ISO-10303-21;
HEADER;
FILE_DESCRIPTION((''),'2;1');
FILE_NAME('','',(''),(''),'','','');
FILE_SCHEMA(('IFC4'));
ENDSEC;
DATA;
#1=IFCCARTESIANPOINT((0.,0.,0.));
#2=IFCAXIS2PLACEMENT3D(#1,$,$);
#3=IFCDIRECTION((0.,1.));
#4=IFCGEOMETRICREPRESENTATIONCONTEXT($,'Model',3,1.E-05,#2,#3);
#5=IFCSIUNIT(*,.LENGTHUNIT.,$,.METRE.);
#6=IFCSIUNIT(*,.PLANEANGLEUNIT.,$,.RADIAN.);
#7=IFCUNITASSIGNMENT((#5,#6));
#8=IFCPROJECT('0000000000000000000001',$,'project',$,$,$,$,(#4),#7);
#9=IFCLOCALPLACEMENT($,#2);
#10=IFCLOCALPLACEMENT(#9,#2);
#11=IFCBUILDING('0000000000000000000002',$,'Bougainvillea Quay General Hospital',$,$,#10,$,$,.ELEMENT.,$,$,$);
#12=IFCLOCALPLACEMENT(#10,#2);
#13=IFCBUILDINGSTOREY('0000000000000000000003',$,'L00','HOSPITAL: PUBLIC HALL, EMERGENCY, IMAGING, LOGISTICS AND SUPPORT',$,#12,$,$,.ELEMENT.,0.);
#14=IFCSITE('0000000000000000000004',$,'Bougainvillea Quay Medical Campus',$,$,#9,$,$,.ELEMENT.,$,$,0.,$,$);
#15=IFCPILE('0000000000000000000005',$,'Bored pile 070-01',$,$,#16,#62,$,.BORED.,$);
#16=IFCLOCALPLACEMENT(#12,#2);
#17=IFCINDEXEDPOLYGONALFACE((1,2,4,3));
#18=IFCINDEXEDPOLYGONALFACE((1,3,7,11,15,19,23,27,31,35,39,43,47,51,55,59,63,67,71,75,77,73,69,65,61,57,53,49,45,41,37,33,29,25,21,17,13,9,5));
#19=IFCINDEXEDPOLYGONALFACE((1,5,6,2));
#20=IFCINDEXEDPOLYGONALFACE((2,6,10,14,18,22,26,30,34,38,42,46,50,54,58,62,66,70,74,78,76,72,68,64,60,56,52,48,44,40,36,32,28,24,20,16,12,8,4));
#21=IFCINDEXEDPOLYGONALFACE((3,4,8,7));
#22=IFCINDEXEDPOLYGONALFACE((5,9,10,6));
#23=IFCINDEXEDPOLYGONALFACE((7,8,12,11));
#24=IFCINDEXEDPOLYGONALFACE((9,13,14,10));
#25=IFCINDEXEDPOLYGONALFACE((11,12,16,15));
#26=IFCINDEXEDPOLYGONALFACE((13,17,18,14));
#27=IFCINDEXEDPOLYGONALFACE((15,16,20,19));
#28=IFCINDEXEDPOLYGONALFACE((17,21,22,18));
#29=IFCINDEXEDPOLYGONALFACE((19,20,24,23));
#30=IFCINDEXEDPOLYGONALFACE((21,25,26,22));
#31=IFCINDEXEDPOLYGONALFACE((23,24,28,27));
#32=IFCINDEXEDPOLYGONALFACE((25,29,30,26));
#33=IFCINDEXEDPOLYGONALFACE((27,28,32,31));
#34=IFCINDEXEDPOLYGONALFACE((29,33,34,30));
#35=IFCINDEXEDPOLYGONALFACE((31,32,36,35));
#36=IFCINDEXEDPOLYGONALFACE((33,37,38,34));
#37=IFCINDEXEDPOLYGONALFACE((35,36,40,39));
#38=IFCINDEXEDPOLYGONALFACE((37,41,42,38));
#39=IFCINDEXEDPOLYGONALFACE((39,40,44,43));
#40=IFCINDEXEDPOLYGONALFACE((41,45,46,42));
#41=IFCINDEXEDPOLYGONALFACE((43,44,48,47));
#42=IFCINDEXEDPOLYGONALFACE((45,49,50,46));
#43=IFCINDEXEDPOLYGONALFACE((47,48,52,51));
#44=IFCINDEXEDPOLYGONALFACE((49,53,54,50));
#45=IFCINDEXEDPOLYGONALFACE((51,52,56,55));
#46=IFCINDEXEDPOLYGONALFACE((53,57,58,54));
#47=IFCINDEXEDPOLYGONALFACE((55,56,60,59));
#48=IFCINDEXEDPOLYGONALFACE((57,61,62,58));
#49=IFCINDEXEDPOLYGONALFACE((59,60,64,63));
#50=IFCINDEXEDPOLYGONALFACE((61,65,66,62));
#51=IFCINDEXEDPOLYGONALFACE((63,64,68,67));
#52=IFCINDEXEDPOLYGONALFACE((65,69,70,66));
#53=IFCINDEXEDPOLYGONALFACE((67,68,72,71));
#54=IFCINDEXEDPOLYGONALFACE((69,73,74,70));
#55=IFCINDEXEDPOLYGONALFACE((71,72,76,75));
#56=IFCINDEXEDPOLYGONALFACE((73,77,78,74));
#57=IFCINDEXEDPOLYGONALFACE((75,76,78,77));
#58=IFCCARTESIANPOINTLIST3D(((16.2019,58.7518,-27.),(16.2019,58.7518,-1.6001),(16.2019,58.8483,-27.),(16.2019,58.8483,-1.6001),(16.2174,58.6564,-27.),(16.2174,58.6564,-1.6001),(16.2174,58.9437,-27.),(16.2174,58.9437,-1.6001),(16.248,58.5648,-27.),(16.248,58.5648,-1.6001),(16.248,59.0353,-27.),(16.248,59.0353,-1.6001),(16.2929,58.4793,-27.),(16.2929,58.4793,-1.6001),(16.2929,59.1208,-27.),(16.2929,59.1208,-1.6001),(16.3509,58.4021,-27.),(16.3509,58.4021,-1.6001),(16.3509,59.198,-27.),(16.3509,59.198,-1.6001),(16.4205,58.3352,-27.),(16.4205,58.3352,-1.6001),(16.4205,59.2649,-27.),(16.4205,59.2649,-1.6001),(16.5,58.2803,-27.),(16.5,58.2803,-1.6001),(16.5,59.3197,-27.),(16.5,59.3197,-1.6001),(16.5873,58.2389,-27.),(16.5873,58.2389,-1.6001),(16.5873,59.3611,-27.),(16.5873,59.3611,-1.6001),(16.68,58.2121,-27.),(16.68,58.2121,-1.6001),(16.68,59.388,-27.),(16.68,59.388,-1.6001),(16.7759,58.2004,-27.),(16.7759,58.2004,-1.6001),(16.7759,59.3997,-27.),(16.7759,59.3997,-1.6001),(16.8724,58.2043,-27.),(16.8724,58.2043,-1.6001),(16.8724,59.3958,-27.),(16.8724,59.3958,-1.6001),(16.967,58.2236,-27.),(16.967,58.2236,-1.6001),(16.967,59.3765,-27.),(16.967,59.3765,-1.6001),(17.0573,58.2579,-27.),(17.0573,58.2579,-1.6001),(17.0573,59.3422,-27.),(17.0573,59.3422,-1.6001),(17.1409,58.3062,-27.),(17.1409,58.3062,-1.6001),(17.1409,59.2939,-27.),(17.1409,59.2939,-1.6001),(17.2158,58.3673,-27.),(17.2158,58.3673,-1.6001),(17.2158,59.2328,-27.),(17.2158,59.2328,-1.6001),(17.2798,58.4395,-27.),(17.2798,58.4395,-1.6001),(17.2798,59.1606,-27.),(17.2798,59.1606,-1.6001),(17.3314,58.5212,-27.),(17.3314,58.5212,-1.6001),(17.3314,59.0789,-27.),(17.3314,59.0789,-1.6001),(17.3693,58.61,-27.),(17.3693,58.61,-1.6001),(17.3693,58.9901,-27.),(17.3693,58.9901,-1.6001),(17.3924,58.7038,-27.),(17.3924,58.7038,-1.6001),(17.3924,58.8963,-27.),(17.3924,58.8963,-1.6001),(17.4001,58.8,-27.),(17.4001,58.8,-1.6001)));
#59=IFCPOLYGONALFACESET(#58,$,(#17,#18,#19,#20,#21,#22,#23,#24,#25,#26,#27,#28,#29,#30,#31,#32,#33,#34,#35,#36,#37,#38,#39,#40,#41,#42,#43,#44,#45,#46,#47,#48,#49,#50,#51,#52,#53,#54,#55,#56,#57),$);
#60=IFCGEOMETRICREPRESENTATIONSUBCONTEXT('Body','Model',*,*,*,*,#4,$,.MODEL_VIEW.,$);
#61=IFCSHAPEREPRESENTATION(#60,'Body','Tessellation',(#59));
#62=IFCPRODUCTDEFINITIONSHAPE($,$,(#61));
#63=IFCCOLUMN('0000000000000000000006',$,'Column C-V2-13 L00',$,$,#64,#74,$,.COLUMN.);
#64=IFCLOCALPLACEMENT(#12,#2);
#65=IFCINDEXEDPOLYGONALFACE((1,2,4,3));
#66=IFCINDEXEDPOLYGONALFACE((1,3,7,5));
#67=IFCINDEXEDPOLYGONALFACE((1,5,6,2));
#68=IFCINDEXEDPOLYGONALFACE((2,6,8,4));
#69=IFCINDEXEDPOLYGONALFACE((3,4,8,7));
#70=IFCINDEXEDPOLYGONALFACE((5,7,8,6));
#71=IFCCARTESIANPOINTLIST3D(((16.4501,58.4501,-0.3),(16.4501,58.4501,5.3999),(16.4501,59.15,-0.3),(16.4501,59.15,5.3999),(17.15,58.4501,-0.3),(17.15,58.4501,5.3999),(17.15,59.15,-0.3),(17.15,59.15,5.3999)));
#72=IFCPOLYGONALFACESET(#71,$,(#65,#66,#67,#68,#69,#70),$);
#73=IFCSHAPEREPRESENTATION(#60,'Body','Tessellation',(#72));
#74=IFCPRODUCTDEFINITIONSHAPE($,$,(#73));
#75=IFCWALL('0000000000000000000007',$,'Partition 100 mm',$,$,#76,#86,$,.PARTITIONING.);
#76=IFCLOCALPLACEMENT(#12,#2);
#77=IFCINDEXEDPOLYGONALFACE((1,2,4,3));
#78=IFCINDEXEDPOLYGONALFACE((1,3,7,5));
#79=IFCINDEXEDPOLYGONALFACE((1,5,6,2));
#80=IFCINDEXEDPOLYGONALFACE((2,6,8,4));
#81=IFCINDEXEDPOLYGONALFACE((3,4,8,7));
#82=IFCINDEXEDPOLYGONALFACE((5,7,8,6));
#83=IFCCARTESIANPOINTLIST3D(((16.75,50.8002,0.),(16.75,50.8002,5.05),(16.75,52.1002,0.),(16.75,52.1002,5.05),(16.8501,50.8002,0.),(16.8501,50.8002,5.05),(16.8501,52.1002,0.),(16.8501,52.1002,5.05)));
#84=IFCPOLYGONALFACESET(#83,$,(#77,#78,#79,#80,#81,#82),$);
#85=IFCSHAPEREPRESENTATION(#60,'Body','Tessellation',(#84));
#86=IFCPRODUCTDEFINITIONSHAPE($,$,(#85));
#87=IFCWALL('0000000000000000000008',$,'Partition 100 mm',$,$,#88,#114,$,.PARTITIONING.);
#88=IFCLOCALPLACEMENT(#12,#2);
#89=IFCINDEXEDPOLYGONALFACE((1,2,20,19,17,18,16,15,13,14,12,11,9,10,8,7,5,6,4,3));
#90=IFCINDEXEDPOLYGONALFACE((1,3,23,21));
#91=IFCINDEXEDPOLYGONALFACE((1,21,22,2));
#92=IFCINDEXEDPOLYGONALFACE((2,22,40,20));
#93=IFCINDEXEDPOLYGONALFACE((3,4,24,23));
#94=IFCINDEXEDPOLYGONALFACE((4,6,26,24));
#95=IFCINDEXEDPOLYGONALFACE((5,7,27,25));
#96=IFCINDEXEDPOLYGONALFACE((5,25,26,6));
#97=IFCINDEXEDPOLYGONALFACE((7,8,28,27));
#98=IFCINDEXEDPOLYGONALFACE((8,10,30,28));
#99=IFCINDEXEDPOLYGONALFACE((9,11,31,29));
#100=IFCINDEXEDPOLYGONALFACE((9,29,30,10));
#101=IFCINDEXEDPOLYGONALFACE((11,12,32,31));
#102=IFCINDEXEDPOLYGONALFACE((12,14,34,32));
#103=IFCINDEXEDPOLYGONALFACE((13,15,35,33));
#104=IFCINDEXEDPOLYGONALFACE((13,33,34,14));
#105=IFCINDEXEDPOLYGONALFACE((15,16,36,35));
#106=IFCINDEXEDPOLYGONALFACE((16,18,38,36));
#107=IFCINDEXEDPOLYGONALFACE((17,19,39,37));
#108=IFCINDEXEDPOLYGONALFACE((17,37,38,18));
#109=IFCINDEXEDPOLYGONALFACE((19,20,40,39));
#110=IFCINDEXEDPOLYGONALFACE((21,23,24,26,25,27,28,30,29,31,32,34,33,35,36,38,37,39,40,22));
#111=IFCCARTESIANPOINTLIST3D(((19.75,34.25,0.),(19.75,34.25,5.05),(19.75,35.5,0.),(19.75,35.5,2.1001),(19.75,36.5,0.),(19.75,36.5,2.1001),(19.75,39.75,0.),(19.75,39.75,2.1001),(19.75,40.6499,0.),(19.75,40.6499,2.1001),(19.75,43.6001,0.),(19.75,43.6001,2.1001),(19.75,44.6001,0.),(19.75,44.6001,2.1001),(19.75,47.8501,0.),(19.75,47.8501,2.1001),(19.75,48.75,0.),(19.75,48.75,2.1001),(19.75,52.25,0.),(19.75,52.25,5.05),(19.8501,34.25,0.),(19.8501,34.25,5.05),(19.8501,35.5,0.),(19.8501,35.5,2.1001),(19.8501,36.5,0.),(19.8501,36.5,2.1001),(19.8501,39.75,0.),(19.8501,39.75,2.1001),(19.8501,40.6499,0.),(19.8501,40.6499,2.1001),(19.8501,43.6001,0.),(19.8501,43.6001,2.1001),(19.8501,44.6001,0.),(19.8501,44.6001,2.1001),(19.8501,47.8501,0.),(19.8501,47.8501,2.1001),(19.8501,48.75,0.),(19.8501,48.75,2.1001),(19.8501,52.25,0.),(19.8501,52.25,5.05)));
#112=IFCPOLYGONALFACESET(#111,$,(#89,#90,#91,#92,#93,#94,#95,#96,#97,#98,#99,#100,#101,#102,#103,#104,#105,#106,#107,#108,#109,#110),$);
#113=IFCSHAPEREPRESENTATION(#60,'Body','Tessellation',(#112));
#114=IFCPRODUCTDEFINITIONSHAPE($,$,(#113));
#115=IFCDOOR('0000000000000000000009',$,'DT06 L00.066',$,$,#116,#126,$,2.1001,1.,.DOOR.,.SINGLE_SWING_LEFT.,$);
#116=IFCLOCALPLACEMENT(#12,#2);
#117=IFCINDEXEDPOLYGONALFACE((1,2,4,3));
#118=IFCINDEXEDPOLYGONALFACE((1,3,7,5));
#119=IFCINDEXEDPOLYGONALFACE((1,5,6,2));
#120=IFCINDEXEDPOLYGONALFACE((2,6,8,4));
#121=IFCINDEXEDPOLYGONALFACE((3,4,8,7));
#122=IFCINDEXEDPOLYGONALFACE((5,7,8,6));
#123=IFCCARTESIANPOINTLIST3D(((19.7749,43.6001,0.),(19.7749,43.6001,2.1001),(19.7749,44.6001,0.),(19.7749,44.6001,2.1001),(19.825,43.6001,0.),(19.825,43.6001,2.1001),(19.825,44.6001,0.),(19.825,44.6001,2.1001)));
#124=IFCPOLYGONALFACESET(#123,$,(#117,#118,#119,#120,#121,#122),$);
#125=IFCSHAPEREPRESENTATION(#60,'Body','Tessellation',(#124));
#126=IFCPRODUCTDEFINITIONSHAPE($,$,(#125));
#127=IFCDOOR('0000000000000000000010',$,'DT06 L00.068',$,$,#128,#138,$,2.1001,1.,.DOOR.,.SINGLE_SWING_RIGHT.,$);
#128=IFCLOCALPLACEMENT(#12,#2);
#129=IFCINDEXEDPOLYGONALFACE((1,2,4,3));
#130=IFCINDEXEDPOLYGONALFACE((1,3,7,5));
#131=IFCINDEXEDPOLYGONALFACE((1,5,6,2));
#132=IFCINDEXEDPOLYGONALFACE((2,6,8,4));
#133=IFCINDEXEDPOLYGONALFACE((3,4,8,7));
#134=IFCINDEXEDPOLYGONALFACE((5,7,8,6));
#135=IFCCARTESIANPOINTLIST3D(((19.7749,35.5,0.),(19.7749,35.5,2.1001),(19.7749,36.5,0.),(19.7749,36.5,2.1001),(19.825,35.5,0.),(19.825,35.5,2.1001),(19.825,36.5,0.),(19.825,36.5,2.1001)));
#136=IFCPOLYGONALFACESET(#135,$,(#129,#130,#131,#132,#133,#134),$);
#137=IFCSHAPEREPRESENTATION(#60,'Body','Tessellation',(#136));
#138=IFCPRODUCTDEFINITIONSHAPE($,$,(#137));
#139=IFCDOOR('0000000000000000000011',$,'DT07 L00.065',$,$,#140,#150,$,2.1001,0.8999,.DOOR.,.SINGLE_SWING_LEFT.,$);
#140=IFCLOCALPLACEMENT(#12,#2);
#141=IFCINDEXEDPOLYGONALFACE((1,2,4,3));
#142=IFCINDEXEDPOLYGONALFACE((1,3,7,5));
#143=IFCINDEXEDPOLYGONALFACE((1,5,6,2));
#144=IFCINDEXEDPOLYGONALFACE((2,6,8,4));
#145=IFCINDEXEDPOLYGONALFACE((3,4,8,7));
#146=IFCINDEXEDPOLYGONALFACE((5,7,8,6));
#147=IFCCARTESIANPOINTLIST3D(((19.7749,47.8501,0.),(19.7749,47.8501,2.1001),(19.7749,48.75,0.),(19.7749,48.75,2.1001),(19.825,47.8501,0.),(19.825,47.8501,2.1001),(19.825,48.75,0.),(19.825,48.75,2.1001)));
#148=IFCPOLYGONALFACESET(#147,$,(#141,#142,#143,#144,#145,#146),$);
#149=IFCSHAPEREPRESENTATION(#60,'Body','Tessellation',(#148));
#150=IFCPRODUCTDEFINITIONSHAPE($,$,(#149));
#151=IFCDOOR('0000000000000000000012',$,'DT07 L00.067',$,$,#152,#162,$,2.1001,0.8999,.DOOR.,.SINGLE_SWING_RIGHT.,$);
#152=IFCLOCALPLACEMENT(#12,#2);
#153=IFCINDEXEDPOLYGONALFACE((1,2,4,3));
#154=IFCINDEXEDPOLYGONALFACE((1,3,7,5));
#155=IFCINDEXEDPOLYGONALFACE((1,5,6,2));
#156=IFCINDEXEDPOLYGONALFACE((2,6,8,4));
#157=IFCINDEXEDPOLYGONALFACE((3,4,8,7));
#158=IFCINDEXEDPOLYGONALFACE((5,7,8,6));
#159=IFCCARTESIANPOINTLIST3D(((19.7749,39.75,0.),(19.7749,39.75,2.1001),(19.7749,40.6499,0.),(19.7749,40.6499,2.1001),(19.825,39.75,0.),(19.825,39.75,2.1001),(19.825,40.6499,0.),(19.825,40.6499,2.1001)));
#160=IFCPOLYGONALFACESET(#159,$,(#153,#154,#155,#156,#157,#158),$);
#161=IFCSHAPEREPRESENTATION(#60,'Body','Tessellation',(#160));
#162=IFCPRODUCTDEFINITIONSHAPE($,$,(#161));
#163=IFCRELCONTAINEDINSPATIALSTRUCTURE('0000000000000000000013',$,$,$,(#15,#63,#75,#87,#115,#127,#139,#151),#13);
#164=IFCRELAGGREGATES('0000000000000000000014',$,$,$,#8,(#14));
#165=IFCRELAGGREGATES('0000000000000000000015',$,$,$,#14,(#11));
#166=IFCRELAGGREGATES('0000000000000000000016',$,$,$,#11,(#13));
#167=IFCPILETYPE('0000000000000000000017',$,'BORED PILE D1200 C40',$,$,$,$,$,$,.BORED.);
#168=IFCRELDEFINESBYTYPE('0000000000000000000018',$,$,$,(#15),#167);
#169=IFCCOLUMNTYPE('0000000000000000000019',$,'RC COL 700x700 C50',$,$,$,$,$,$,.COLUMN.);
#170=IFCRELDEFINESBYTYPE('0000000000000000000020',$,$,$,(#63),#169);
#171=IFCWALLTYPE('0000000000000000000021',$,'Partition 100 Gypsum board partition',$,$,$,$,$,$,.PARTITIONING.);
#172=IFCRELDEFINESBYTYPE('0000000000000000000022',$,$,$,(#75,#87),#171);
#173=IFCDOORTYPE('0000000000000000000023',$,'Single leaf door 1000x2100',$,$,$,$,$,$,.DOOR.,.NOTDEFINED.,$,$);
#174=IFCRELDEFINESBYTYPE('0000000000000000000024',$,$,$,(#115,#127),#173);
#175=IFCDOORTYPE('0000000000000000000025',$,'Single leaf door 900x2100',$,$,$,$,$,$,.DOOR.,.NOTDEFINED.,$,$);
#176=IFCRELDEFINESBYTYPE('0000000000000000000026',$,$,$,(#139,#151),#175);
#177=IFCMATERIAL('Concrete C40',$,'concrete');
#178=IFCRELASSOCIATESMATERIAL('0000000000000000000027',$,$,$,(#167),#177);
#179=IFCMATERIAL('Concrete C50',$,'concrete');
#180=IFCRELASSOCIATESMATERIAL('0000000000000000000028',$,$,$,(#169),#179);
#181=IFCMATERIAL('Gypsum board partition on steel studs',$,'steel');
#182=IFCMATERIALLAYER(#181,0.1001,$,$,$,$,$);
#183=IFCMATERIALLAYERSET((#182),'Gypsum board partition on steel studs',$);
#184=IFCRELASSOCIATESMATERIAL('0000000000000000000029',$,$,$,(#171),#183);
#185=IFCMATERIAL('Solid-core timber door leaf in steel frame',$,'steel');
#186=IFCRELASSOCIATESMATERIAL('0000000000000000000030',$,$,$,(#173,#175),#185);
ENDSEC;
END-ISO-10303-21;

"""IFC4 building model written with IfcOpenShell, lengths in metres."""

from ifc_helpers import new_model, si_unit, direction, frame, frame_2d, origin, origin_2d, place, context, subcontext, project, spatial, rectangle, circle, extrude, material, layer, layer_set, material_profile, profile_set, type_object, element, fill, save


model = new_model("IFC4")

# Units and contexts
model_context = context("Model", 3, precision=1e-05, world=origin(), true_north=direction((0.0, 1.0)))
body_context = subcontext(model_context, "Body", "Model", "MODEL_VIEW")
ifc_project = project(units=[si_unit("LENGTHUNIT", "METRE"), si_unit("PLANEANGLEUNIT", "RADIAN")], contexts=[model_context])

# Site, building, storey
site_placement = place(None, origin())
site = spatial("IfcSite", under=ifc_project, at=site_placement, Name="Bougainvillea Quay Medical Campus", CompositionType="ELEMENT", RefElevation=0.0)
building_placement = place(site_placement, origin())
building = spatial("IfcBuilding", under=site, at=building_placement, Name="Bougainvillea Quay General Hospital", CompositionType="ELEMENT")
storey_placement = place(building_placement, origin())
storey = spatial("IfcBuildingStorey", under=building, at=storey_placement, Name="L00", Description="HOSPITAL: PUBLIC HALL, EMERGENCY, IMAGING, LOGISTICS AND SUPPORT", CompositionType="ELEMENT", Elevation=0.0)

# Pile
ifc_material_1 = material(Name="Concrete C40", Category="concrete")
ifc_material_profile_1 = material_profile(ifc_material_1, circle(Radius=0.6001, at=origin_2d()))
ifc_profile_set_1 = profile_set([ifc_material_profile_1], Name="Concrete C40")
pile_type = type_object("IfcPileType", Name="BORED PILE D1200 C40", PredefinedType="BORED", material=ifc_profile_set_1)
pile_placement = place(storey_placement, frame((16.8, 58.8, -1.6001), z_axis=(0.0, 0.0, -1.0), x_axis=(1.0, 0.0, 0.0)))
element("IfcPile", 1, at=pile_placement, inside=storey, type_object=pile_type, Name="Bored pile 070-01", PredefinedType="BORED", context=body_context, shape_type="SweptSolid", body=[
    extrude(circle(Radius=0.6001, at=origin_2d()), origin(), (0.0, 0.0, 1.0), 25.3999),
])

# Column
ifc_material_2 = material(Name="Concrete C50", Category="concrete")
ifc_material_profile_2 = material_profile(ifc_material_2, rectangle(XDim=0.7, YDim=0.7, at=origin_2d()))
ifc_profile_set_2 = profile_set([ifc_material_profile_2], Name="Concrete C50")
column_type = type_object("IfcColumnType", Name="RC COL 700x700 C50", PredefinedType="COLUMN", material=ifc_profile_set_2)
column_placement = place(storey_placement, frame((16.8, 58.8, -0.3), z_axis=(0.0, 0.0, 1.0), x_axis=(1.0, 0.0, 0.0)))
element("IfcColumn", 2, at=column_placement, inside=storey, type_object=column_type, Name="Column C-V2-13 L00", PredefinedType="COLUMN", context=body_context, shape_type="SweptSolid", body=[
    extrude(rectangle(XDim=0.7, YDim=0.7, at=origin_2d()), origin(), (0.0, 0.0, 1.0), 5.7),
])

# Wall
ifc_material_3 = material(Name="Gypsum board partition on steel studs", Category="steel")
ifc_layer_1 = layer(ifc_material_3, 0.1001)
ifc_layer_set_1 = layer_set([ifc_layer_1], Name="Gypsum board partition on steel studs")
wall_type_1 = type_object("IfcWallType", Name="Partition 100 Gypsum board partition", PredefinedType="PARTITIONING", material=ifc_layer_set_1)
wall_1_placement = place(storey_placement, frame((16.8, 52.1001, 0.0), z_axis=(0.0, 0.0, 1.0), x_axis=(0.0, -1.0, 0.0)))
element("IfcWall", 3, at=wall_1_placement, inside=storey, type_object=wall_type_1, Name="Partition 100 mm", PredefinedType="PARTITIONING", context=body_context, shape_type="SweptSolid", body=[
    extrude(rectangle(XDim=1.3, YDim=0.1001, at=frame_2d((0.6499, 0.0))), origin(), (0.0, 0.0, 1.0), 5.05),
])

# Wall, openings, doors
wall_2_placement = place(storey_placement, frame((19.8, 52.25, 0.0), z_axis=(0.0, 0.0, 1.0), x_axis=(0.0, -1.0, 0.0)))
wall_2 = element("IfcWall", 4, at=wall_2_placement, inside=storey, type_object=wall_type_1, Name="Partition 100 mm", PredefinedType="PARTITIONING", context=body_context, shape_type="SweptSolid", body=[
    extrude(rectangle(XDim=18.0, YDim=0.1001, at=frame_2d((9.0, 0.0))), origin(), (0.0, 0.0, 1.0), 5.05),
])
opening_1_placement = place(wall_2_placement, frame((3.5, 0.0, 0.0)))
opening_1 = element("IfcOpeningElement", 5, at=opening_1_placement, cuts=wall_2, PredefinedType="OPENING", context=body_context, shape_type="SweptSolid", body=[
    extrude(rectangle(XDim=0.8999, YDim=2.1001, at=frame_2d((0.45, 1.05))), frame((0.0, 0.0601, 0.0), z_axis=(0.0, -1.0, 0.0), x_axis=(1.0, 0.0, 0.0)), (0.0, 0.0, 1.0), 0.1201),
])
opening_2_placement = place(wall_2_placement, frame((7.6499, 0.0, 0.0)))
opening_2 = element("IfcOpeningElement", 6, at=opening_2_placement, cuts=wall_2, PredefinedType="OPENING", context=body_context, shape_type="SweptSolid", body=[
    extrude(rectangle(XDim=1.0, YDim=2.1001, at=frame_2d((0.5, 1.05))), frame((0.0, 0.0601, 0.0), z_axis=(0.0, -1.0, 0.0), x_axis=(1.0, 0.0, 0.0)), (0.0, 0.0, 1.0), 0.1201),
])
opening_3_placement = place(wall_2_placement, frame((11.6001, 0.0, 0.0)))
opening_3 = element("IfcOpeningElement", 7, at=opening_3_placement, cuts=wall_2, PredefinedType="OPENING", context=body_context, shape_type="SweptSolid", body=[
    extrude(rectangle(XDim=0.8999, YDim=2.1001, at=frame_2d((0.45, 1.05))), frame((0.0, 0.0601, 0.0), z_axis=(0.0, -1.0, 0.0), x_axis=(1.0, 0.0, 0.0)), (0.0, 0.0, 1.0), 0.1201),
])
opening_4_placement = place(wall_2_placement, frame((15.75, 0.0, 0.0)))
opening_4 = element("IfcOpeningElement", 8, at=opening_4_placement, cuts=wall_2, PredefinedType="OPENING", context=body_context, shape_type="SweptSolid", body=[
    extrude(rectangle(XDim=1.0, YDim=2.1001, at=frame_2d((0.5, 1.05))), frame((0.0, 0.0601, 0.0), z_axis=(0.0, -1.0, 0.0), x_axis=(1.0, 0.0, 0.0)), (0.0, 0.0, 1.0), 0.1201),
])
ifc_material_4 = material(Name="Solid-core timber door leaf in steel frame", Category="steel")
door_type_1 = type_object("IfcDoorType", Name="Single leaf door 1000x2100", OperationType="NOTDEFINED", PredefinedType="DOOR", material=ifc_material_4)
door_1_placement = place(opening_2_placement, origin())
door_1 = element("IfcDoor", 9, at=door_1_placement, inside=storey, type_object=door_type_1, Name="DT06 L00.066", OperationType="SINGLE_SWING_LEFT", OverallHeight=2.1001, OverallWidth=1.0, PredefinedType="DOOR", context=body_context, shape_type="SweptSolid", body=[
    extrude(rectangle(XDim=1.0, YDim=2.1001, at=frame_2d((0.5, 1.05))), frame((0.0, 0.0249, 0.0), z_axis=(0.0, -1.0, 0.0), x_axis=(1.0, 0.0, 0.0)), (0.0, 0.0, 1.0), 0.05),
])
fill(opening_2, door_1)
door_2_placement = place(opening_4_placement, origin())
door_2 = element("IfcDoor", 10, at=door_2_placement, inside=storey, type_object=door_type_1, Name="DT06 L00.068", OperationType="SINGLE_SWING_RIGHT", OverallHeight=2.1001, OverallWidth=1.0, PredefinedType="DOOR", context=body_context, shape_type="SweptSolid", body=[
    extrude(rectangle(XDim=1.0, YDim=2.1001, at=frame_2d((0.5, 1.05))), frame((0.0, 0.0249, 0.0), z_axis=(0.0, -1.0, 0.0), x_axis=(1.0, 0.0, 0.0)), (0.0, 0.0, 1.0), 0.05),
])
fill(opening_4, door_2)
door_type_2 = type_object("IfcDoorType", Name="Single leaf door 900x2100", OperationType="NOTDEFINED", PredefinedType="DOOR", material=ifc_material_4)
door_3_placement = place(opening_1_placement, origin())
door_3 = element("IfcDoor", 11, at=door_3_placement, inside=storey, type_object=door_type_2, Name="DT07 L00.065", OperationType="SINGLE_SWING_LEFT", OverallHeight=2.1001, OverallWidth=0.8999, PredefinedType="DOOR", context=body_context, shape_type="SweptSolid", body=[
    extrude(rectangle(XDim=0.8999, YDim=2.1001, at=frame_2d((0.45, 1.05))), frame((0.0, 0.0249, 0.0), z_axis=(0.0, -1.0, 0.0), x_axis=(1.0, 0.0, 0.0)), (0.0, 0.0, 1.0), 0.05),
])
fill(opening_1, door_3)
door_4_placement = place(opening_3_placement, origin())
door_4 = element("IfcDoor", 12, at=door_4_placement, inside=storey, type_object=door_type_2, Name="DT07 L00.067", OperationType="SINGLE_SWING_RIGHT", OverallHeight=2.1001, OverallWidth=0.8999, PredefinedType="DOOR", context=body_context, shape_type="SweptSolid", body=[
    extrude(rectangle(XDim=0.8999, YDim=2.1001, at=frame_2d((0.45, 1.05))), frame((0.0, 0.0249, 0.0), z_axis=(0.0, -1.0, 0.0), x_axis=(1.0, 0.0, 0.0)), (0.0, 0.0, 1.0), 0.05),
])
fill(opening_3, door_4)

save(model, "model.ifc")
